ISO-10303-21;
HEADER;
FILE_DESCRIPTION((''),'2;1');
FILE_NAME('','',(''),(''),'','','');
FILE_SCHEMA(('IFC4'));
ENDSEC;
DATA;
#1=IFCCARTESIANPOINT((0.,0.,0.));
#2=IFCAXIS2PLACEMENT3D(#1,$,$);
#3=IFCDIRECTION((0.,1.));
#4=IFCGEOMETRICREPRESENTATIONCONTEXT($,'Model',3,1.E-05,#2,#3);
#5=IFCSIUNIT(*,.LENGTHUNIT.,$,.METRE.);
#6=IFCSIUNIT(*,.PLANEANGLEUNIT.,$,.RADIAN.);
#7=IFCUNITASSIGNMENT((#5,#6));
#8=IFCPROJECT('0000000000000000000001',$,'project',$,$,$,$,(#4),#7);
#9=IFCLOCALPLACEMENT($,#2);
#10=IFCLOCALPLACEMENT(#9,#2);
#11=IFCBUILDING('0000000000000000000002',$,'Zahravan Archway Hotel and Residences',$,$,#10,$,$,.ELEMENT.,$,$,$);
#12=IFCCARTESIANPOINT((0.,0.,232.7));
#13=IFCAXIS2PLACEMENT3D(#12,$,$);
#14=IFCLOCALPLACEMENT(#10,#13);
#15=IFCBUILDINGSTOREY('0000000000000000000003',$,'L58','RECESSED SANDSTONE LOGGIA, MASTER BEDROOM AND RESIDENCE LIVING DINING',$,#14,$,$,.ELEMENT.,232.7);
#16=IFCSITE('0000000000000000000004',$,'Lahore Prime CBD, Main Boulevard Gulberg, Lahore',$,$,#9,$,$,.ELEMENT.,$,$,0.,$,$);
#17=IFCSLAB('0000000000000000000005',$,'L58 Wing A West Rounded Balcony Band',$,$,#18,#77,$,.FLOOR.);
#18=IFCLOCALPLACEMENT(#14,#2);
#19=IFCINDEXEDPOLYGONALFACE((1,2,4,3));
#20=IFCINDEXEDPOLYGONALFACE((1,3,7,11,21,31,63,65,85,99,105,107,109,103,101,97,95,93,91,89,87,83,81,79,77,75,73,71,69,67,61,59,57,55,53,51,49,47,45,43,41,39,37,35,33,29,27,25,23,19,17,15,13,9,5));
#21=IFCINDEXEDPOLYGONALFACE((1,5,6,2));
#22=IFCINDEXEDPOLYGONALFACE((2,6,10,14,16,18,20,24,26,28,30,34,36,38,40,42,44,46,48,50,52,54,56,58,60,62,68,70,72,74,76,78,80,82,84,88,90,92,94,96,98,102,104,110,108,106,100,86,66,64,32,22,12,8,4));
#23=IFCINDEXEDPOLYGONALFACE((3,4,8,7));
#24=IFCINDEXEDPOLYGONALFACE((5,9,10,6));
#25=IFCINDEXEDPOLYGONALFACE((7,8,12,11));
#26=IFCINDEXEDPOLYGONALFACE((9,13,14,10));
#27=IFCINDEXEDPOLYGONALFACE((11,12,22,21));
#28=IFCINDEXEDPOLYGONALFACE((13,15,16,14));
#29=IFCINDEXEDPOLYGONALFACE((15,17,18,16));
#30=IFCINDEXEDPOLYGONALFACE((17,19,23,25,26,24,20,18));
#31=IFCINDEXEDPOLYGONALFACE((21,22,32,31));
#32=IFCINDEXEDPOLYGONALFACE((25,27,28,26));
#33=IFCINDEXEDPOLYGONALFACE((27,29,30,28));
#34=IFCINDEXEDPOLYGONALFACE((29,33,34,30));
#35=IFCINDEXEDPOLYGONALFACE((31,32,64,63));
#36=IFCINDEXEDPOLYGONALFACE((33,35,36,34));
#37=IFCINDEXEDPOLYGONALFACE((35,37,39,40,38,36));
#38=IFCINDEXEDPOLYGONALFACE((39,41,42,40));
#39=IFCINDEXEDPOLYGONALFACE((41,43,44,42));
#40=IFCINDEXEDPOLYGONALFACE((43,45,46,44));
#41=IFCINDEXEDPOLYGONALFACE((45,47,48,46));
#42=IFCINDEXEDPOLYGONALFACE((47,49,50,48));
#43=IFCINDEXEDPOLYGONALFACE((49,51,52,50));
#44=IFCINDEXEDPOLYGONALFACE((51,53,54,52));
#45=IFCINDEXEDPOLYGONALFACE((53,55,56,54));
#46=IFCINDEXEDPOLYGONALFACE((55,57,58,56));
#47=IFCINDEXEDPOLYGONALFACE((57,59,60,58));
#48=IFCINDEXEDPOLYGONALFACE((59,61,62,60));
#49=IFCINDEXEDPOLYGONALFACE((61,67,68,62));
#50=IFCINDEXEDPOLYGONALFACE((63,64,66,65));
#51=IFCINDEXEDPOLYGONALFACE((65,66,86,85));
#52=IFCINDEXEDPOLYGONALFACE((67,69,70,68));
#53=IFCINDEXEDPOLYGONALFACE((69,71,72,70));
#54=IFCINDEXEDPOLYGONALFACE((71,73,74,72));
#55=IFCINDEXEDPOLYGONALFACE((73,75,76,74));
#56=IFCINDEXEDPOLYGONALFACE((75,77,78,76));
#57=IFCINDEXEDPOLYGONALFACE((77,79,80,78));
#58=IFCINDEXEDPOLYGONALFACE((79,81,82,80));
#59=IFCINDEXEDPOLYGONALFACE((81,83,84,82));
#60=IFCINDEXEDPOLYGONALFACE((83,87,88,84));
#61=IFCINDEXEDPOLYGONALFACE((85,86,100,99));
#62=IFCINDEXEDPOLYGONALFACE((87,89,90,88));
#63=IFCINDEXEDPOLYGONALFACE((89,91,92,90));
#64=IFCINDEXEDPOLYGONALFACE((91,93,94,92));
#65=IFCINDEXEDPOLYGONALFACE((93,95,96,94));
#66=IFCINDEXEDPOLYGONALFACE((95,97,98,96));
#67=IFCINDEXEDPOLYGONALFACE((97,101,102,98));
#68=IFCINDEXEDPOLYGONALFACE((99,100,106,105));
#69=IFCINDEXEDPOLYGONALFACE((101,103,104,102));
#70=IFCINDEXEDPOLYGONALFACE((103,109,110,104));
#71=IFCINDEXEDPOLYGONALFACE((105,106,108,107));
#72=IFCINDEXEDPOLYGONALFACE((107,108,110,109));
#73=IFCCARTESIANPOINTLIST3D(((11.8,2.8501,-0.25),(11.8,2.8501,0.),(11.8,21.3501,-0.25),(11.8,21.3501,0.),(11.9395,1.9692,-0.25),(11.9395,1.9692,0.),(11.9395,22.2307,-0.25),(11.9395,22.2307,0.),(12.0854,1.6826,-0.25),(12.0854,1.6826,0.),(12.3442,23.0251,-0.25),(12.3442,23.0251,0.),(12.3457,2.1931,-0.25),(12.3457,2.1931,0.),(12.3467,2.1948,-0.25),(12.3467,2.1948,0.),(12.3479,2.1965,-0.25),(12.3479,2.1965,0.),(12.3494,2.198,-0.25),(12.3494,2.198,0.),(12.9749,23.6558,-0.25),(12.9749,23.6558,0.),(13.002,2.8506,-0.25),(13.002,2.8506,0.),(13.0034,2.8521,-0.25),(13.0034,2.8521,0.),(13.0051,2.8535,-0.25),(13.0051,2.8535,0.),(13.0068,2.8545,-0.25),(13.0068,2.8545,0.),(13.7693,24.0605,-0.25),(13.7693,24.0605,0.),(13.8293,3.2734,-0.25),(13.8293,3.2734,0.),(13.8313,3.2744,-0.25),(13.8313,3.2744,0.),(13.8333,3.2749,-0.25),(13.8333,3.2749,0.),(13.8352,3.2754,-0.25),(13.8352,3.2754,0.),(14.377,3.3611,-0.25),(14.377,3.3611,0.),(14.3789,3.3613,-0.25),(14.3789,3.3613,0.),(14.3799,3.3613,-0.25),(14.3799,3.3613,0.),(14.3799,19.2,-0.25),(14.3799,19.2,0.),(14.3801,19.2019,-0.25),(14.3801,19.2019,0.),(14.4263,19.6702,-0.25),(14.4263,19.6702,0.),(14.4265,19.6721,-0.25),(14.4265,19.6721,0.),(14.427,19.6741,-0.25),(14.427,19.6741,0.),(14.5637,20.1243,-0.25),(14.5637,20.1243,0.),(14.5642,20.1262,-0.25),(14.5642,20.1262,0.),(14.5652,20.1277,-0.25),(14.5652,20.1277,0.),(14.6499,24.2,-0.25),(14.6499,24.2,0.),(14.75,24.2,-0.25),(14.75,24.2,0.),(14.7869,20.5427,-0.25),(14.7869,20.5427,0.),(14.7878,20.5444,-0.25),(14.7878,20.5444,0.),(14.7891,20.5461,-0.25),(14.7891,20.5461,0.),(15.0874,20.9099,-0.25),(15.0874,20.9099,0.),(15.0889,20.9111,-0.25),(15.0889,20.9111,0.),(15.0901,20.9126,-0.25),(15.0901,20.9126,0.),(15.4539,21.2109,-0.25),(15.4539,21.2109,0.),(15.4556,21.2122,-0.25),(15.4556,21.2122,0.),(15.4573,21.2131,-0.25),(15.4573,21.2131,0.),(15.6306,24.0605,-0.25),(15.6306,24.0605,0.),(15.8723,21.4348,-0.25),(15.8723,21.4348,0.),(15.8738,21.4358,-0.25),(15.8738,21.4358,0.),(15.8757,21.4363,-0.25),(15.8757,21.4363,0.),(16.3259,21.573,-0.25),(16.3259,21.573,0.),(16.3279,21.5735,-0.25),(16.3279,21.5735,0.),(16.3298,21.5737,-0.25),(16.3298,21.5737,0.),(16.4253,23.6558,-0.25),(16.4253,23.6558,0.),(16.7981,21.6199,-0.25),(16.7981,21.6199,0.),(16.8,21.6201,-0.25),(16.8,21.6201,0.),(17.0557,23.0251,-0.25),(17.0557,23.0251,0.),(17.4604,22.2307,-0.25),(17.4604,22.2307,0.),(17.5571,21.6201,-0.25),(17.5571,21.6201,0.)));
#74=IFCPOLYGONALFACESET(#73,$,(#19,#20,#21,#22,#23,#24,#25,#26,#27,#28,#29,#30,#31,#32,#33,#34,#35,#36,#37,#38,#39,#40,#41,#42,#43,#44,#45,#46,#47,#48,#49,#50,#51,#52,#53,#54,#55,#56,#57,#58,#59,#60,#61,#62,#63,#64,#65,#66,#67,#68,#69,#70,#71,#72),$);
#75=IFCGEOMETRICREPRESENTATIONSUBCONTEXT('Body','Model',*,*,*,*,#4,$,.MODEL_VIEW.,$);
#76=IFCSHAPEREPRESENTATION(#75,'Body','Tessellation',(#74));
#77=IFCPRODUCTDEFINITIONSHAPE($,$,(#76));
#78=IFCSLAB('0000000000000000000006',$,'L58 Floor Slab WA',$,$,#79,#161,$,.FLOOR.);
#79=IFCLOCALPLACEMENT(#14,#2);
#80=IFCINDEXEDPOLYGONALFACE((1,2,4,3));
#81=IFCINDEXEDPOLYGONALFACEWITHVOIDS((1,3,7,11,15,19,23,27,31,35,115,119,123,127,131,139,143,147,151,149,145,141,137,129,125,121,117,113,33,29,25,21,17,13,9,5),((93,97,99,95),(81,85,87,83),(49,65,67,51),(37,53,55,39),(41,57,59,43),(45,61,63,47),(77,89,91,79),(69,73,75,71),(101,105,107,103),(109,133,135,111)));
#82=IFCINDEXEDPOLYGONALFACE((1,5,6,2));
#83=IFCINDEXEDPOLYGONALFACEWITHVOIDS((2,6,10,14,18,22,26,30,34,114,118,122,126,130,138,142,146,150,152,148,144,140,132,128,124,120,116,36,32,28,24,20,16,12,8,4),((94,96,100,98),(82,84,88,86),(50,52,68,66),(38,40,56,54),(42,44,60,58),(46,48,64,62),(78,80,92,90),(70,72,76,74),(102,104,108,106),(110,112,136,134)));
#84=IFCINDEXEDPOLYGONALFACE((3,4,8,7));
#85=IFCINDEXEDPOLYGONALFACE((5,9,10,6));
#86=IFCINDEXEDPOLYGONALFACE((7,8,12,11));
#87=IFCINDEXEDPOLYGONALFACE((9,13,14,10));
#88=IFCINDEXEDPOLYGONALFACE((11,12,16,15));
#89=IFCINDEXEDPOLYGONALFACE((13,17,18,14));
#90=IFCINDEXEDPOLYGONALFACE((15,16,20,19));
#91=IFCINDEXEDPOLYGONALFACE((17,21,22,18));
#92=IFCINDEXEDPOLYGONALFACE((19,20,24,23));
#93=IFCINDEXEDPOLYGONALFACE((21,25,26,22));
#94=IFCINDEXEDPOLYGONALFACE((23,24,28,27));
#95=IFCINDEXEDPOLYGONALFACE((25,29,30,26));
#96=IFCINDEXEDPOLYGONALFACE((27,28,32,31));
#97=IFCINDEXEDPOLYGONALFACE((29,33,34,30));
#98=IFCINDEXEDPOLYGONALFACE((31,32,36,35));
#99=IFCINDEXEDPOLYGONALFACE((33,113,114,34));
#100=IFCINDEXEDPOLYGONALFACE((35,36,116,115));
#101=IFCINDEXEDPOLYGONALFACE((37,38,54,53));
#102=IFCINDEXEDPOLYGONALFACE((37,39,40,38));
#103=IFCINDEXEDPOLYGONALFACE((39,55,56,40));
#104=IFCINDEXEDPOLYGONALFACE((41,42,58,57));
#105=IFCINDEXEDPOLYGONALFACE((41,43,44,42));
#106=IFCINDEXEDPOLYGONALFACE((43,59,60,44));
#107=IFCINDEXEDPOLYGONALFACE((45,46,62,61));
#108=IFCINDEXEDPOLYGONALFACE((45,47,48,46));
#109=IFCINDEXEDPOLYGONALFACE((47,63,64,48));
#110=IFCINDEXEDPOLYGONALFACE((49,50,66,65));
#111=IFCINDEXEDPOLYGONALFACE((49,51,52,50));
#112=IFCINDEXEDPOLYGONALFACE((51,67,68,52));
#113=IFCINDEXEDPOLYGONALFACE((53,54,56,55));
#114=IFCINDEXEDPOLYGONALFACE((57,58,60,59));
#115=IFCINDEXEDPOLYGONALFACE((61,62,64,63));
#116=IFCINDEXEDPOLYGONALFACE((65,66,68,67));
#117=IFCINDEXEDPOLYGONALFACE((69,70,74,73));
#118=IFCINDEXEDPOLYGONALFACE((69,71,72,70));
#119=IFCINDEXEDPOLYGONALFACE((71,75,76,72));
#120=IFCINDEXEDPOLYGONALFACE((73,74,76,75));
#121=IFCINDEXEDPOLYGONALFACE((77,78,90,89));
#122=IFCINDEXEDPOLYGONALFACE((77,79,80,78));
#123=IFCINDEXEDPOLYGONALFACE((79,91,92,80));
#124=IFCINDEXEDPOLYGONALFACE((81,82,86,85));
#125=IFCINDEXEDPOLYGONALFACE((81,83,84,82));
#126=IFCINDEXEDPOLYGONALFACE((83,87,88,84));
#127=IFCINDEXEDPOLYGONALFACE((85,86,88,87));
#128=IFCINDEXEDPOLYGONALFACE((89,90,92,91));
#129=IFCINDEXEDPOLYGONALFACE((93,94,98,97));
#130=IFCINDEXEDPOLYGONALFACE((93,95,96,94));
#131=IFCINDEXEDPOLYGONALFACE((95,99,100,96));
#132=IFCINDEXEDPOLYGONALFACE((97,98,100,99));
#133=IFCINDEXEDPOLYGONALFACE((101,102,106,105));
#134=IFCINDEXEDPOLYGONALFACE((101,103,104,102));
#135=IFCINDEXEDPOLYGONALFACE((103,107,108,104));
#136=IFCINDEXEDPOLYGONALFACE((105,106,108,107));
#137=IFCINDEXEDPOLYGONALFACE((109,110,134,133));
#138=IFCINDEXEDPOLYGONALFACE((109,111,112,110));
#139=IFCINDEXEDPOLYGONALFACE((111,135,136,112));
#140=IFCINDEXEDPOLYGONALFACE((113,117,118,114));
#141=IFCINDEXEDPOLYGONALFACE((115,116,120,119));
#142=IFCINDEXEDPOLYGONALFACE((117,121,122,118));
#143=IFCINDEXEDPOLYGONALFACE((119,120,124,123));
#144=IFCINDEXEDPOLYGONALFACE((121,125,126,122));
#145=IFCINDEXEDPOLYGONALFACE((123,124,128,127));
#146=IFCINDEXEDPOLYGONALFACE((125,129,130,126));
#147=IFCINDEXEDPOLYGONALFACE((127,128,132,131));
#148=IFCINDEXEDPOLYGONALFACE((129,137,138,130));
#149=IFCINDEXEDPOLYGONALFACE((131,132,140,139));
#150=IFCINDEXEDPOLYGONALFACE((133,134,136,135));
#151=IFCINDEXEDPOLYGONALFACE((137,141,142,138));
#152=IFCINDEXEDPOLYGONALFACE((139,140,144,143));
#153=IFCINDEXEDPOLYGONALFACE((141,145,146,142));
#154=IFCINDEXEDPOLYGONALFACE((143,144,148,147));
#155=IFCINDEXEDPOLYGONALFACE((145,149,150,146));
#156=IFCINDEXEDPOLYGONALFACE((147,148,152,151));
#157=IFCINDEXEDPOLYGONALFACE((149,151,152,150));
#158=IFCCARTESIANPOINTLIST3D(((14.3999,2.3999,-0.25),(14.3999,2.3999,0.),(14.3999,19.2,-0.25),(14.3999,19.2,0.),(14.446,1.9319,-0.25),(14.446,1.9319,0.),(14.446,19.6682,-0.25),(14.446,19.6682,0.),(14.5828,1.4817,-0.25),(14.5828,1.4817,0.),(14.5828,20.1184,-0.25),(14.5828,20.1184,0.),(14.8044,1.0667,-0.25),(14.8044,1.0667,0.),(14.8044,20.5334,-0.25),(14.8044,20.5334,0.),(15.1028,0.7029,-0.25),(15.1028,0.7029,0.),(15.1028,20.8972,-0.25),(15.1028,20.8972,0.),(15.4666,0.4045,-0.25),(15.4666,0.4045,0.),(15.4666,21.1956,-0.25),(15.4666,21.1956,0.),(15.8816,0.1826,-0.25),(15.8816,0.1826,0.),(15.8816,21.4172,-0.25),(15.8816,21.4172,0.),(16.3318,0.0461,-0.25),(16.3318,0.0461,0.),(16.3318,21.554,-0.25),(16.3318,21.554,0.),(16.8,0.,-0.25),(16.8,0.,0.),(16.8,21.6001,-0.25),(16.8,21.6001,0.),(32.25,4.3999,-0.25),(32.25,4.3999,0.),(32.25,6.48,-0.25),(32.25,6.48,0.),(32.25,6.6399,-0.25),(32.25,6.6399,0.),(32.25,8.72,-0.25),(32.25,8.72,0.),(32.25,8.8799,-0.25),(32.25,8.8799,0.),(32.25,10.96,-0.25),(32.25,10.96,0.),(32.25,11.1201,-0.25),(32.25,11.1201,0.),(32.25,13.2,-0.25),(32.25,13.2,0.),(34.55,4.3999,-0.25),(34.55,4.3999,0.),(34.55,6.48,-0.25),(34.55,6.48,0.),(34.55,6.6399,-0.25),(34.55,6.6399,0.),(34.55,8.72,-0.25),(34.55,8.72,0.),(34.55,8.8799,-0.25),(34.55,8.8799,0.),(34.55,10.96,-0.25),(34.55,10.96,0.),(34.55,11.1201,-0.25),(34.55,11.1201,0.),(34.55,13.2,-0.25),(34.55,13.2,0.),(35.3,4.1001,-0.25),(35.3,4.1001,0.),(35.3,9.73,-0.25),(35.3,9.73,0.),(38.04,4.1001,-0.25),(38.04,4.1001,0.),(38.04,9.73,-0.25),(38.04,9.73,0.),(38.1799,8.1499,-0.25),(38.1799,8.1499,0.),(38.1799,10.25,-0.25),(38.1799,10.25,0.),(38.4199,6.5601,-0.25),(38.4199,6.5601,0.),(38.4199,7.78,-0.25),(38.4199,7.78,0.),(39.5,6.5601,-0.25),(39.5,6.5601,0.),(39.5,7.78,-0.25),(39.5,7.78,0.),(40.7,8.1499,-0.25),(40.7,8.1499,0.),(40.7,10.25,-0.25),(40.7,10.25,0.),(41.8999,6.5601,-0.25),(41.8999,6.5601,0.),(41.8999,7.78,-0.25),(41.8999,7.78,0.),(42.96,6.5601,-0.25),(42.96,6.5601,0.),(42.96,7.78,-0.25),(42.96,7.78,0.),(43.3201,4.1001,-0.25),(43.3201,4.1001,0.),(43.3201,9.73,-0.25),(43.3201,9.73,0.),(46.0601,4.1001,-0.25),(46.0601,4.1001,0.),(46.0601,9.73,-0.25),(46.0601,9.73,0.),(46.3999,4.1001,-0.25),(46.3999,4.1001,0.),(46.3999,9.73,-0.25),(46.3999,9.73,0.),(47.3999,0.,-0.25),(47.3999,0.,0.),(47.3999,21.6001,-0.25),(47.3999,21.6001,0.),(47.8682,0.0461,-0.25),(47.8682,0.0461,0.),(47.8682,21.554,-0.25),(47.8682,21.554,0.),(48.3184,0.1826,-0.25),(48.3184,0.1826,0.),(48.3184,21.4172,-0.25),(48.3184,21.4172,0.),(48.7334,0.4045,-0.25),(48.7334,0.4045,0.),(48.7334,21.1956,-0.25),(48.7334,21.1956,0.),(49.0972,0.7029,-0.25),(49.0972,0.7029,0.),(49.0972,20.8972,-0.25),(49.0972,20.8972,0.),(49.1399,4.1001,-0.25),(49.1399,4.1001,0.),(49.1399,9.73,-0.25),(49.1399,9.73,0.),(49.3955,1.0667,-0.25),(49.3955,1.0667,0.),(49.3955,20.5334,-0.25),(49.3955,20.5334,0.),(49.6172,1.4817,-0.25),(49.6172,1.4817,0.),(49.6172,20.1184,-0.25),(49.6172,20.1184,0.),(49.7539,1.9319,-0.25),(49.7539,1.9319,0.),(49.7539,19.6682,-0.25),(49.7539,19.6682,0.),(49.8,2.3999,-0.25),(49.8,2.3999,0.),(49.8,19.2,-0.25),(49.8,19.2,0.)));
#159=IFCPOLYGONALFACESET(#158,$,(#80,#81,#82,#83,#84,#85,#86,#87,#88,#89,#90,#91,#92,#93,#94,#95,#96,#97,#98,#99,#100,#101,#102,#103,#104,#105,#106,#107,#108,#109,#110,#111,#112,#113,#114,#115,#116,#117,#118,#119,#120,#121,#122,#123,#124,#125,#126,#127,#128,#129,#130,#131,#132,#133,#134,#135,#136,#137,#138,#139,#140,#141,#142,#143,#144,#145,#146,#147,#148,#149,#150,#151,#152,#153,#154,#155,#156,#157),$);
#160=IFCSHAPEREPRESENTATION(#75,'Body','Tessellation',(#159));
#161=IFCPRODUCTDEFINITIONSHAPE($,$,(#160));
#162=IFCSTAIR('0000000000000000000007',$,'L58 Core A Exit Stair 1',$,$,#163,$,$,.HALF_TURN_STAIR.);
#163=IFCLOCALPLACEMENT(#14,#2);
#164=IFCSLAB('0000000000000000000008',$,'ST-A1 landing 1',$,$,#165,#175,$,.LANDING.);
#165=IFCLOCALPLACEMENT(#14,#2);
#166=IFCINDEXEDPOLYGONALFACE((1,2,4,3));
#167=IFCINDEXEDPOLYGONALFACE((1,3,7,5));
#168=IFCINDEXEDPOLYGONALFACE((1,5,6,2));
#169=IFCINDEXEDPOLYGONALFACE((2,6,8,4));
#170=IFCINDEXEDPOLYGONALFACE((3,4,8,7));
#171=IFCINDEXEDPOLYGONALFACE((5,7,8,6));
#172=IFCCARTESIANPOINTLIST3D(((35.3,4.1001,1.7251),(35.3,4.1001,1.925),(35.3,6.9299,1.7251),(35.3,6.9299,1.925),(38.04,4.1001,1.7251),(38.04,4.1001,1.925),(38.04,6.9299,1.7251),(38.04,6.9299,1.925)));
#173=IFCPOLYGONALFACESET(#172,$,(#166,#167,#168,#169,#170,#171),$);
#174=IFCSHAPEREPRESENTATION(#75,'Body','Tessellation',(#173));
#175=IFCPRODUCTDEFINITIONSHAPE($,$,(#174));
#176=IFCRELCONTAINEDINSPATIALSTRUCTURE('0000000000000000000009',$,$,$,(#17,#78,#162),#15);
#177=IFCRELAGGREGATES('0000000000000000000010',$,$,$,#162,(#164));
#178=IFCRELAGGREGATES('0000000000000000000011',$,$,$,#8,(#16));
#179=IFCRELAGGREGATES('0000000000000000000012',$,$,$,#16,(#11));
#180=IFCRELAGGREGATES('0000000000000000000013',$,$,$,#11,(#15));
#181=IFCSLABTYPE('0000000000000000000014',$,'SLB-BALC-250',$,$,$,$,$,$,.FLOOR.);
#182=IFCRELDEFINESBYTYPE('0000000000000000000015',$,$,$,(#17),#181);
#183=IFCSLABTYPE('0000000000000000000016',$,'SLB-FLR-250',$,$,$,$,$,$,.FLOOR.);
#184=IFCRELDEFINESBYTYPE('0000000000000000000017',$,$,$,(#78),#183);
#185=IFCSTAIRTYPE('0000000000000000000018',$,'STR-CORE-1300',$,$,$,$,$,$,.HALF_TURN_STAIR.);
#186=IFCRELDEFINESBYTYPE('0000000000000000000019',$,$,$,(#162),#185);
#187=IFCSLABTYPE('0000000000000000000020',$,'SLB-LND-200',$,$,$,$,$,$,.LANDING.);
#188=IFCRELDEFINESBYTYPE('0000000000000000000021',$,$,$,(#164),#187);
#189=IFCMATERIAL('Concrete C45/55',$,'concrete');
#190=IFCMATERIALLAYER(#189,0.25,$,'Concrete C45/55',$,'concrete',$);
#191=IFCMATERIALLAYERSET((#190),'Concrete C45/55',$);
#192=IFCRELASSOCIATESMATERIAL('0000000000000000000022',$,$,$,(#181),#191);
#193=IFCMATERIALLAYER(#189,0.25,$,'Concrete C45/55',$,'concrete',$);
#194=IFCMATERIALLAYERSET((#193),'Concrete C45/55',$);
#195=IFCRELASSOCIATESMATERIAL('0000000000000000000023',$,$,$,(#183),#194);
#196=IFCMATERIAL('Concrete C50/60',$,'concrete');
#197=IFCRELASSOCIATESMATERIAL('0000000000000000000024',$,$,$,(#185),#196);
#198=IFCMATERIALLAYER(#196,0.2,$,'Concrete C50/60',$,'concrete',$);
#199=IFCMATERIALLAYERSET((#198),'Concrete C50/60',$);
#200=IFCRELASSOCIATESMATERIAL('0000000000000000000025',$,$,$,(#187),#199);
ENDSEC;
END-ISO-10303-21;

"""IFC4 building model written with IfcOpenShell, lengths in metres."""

from ifc_helpers import new_model, si_unit, direction, frame, origin, place, context, subcontext, project, spatial, polyline, outline, extrude, material, layer, layer_set, type_object, element, aggregate, save


model = new_model("IFC4")

# Units and contexts
model_context = context("Model", 3, precision=1e-05, world=origin(), true_north=direction((0.0, 1.0)))
body_context = subcontext(model_context, "Body", "Model", "MODEL_VIEW")
ifc_project = project(units=[si_unit("LENGTHUNIT", "METRE"), si_unit("PLANEANGLEUNIT", "RADIAN")], contexts=[model_context])

# Site, building, storey
site_placement = place(None, origin())
site = spatial("IfcSite", under=ifc_project, at=site_placement, Name="Lahore Prime CBD, Main Boulevard Gulberg, Lahore", CompositionType="ELEMENT", RefElevation=0.0)
building_placement = place(site_placement, origin())
building = spatial("IfcBuilding", under=site, at=building_placement, Name="Zahravan Archway Hotel and Residences", CompositionType="ELEMENT")
storey_placement = place(building_placement, frame((0.0, 0.0, 232.7)))
storey = spatial("IfcBuildingStorey", under=building, at=storey_placement, Name="L58", Description="RECESSED SANDSTONE LOGGIA, MASTER BEDROOM AND RESIDENCE LIVING DINING", CompositionType="ELEMENT", Elevation=232.7)

# Slabs
ifc_material_1 = material(Name="Concrete C45/55", Category="concrete")
ifc_layer_1 = layer(ifc_material_1, 0.25, Name="Concrete C45/55", Category="concrete")
ifc_layer_set_1 = layer_set([ifc_layer_1], Name="Concrete C45/55")
slab_type_1 = type_object("IfcSlabType", Name="SLB-BALC-250", PredefinedType="FLOOR", material=ifc_layer_set_1)
slab_1_placement = place(storey_placement, frame((0.0, 0.0, -0.25)))
element("IfcSlab", 1, at=slab_1_placement, inside=storey, type_object=slab_type_1, Name="L58 Wing A West Rounded Balcony Band", PredefinedType="FLOOR", context=body_context, shape_type="SweptSolid", body=[
    extrude(outline(polyline([(11.9395, 1.9692), (11.8, 2.8501), (11.8, 21.3501), (11.9395, 22.2307), (12.3442, 23.0251), (12.9749, 23.6558), (13.7693, 24.0605), (14.6499, 24.2), (14.75, 24.2), (15.6306, 24.0605), (16.4253, 23.6558), (17.0557, 23.0251), (17.4604, 22.2307), (17.5571, 21.6201), (16.8, 21.6201), (16.7981, 21.6199), (16.3298, 21.5737), (16.3279, 21.5735), (16.3259, 21.573), (15.8757, 21.4363), (15.8738, 21.4358), (15.8723, 21.4348), (15.4573, 21.2131), (15.4556, 21.2122), (15.4539, 21.2109), (15.0901, 20.9126), (15.0889, 20.9111), (15.0874, 20.9099), (14.7891, 20.5461), (14.7878, 20.5444), (14.7869, 20.5427), (14.5652, 20.1277), (14.5642, 20.1262), (14.5637, 20.1243), (14.427, 19.6741), (14.4265, 19.6721), (14.4263, 19.6702), (14.3801, 19.2019), (14.3799, 19.2), (14.3799, 3.3613), (14.3789, 3.3613), (14.377, 3.3611), (13.8352, 3.2754), (13.8333, 3.2749), (13.8313, 3.2744), (13.8293, 3.2734), (13.0068, 2.8545), (13.0051, 2.8535), (13.0034, 2.8521), (13.002, 2.8506), (12.3494, 2.198), (12.3479, 2.1965), (12.3467, 2.1948), (12.3457, 2.1931), (12.0854, 1.6826), (11.9395, 1.9692)])), origin(), (0.0, 0.0, 1.0), 0.25),
])
ifc_layer_2 = layer(ifc_material_1, 0.25, Name="Concrete C45/55", Category="concrete")
ifc_layer_set_2 = layer_set([ifc_layer_2], Name="Concrete C45/55")
slab_type_2 = type_object("IfcSlabType", Name="SLB-FLR-250", PredefinedType="FLOOR", material=ifc_layer_set_2)
slab_2_placement = place(storey_placement, frame((0.0, 0.0, -0.25)))
element("IfcSlab", 2, at=slab_2_placement, inside=storey, type_object=slab_type_2, Name="L58 Floor Slab WA", PredefinedType="FLOOR", context=body_context, shape_type="SweptSolid", body=[
    extrude(outline(polyline([(47.3999, 0.0), (47.8682, 0.0461), (48.3184, 0.1826), (48.7334, 0.4045), (49.0972, 0.7029), (49.3955, 1.0667), (49.6172, 1.4817), (49.7539, 1.9319), (49.8, 2.3999), (49.8, 19.2), (49.7539, 19.6682), (49.6172, 20.1184), (49.3955, 20.5334), (49.0972, 20.8972), (48.7334, 21.1956), (48.3184, 21.4172), (47.8682, 21.554), (47.3999, 21.6001), (16.8, 21.6001), (16.3318, 21.554), (15.8816, 21.4172), (15.4666, 21.1956), (15.1028, 20.8972), (14.8044, 20.5334), (14.5828, 20.1184), (14.446, 19.6682), (14.3999, 19.2), (14.3999, 2.3999), (14.446, 1.9319), (14.5828, 1.4817), (14.8044, 1.0667), (15.1028, 0.7029), (15.4666, 0.4045), (15.8816, 0.1826), (16.3318, 0.0461), (16.8, 0.0), (47.3999, 0.0)]), holes=[polyline([(35.3, 9.73), (35.3, 4.1001), (38.04, 4.1001), (38.04, 9.73), (35.3, 9.73)]), polyline([(43.3201, 9.73), (43.3201, 4.1001), (46.0601, 4.1001), (46.0601, 9.73), (43.3201, 9.73)]), polyline([(46.3999, 9.73), (46.3999, 4.1001), (49.1399, 4.1001), (49.1399, 9.73), (46.3999, 9.73)]), polyline([(38.1799, 8.1499), (40.7, 8.1499), (40.7, 10.25), (38.1799, 10.25), (38.1799, 8.1499)]), polyline([(32.25, 4.3999), (34.55, 4.3999), (34.55, 6.48), (32.25, 6.48), (32.25, 4.3999)]), polyline([(32.25, 6.6399), (34.55, 6.6399), (34.55, 8.72), (32.25, 8.72), (32.25, 6.6399)]), polyline([(32.25, 8.8799), (34.55, 8.8799), (34.55, 10.96), (32.25, 10.96), (32.25, 8.8799)]), polyline([(32.25, 11.1201), (34.55, 11.1201), (34.55, 13.2), (32.25, 13.2), (32.25, 11.1201)]), polyline([(38.4199, 6.5601), (39.5, 6.5601), (39.5, 7.78), (38.4199, 7.78), (38.4199, 6.5601)]), polyline([(41.8999, 6.5601), (42.96, 6.5601), (42.96, 7.78), (41.8999, 7.78), (41.8999, 6.5601)])]), origin(), (0.0, 0.0, 1.0), 0.25),
])

# Stair, slab
ifc_material_2 = material(Name="Concrete C50/60", Category="concrete")
stair_type = type_object("IfcStairType", Name="STR-CORE-1300", PredefinedType="HALF_TURN_STAIR", material=ifc_material_2)
stair_1_placement = place(storey_placement, origin())
stair_1 = element("IfcStair", 3, at=stair_1_placement, inside=storey, type_object=stair_type, Name="L58 Core A Exit Stair 1", PredefinedType="HALF_TURN_STAIR")
ifc_layer_3 = layer(ifc_material_2, 0.2, Name="Concrete C50/60", Category="concrete")
ifc_layer_set_3 = layer_set([ifc_layer_3], Name="Concrete C50/60")
slab_type_3 = type_object("IfcSlabType", Name="SLB-LND-200", PredefinedType="LANDING", material=ifc_layer_set_3)
slab_3_placement = place(storey_placement, frame((0.0, 0.0, 1.7251)))
slab_3 = element("IfcSlab", 4, at=slab_3_placement, type_object=slab_type_3, Name="ST-A1 landing 1", PredefinedType="LANDING", context=body_context, shape_type="SweptSolid", body=[
    extrude(outline(polyline([(35.3, 6.9299), (35.3, 4.1001), (38.04, 4.1001), (38.04, 6.9299), (35.3, 6.9299)])), origin(), (0.0, 0.0, 1.0), 0.2),
])
aggregate(stair_1, [slab_3])

save(model, "model.ifc")
